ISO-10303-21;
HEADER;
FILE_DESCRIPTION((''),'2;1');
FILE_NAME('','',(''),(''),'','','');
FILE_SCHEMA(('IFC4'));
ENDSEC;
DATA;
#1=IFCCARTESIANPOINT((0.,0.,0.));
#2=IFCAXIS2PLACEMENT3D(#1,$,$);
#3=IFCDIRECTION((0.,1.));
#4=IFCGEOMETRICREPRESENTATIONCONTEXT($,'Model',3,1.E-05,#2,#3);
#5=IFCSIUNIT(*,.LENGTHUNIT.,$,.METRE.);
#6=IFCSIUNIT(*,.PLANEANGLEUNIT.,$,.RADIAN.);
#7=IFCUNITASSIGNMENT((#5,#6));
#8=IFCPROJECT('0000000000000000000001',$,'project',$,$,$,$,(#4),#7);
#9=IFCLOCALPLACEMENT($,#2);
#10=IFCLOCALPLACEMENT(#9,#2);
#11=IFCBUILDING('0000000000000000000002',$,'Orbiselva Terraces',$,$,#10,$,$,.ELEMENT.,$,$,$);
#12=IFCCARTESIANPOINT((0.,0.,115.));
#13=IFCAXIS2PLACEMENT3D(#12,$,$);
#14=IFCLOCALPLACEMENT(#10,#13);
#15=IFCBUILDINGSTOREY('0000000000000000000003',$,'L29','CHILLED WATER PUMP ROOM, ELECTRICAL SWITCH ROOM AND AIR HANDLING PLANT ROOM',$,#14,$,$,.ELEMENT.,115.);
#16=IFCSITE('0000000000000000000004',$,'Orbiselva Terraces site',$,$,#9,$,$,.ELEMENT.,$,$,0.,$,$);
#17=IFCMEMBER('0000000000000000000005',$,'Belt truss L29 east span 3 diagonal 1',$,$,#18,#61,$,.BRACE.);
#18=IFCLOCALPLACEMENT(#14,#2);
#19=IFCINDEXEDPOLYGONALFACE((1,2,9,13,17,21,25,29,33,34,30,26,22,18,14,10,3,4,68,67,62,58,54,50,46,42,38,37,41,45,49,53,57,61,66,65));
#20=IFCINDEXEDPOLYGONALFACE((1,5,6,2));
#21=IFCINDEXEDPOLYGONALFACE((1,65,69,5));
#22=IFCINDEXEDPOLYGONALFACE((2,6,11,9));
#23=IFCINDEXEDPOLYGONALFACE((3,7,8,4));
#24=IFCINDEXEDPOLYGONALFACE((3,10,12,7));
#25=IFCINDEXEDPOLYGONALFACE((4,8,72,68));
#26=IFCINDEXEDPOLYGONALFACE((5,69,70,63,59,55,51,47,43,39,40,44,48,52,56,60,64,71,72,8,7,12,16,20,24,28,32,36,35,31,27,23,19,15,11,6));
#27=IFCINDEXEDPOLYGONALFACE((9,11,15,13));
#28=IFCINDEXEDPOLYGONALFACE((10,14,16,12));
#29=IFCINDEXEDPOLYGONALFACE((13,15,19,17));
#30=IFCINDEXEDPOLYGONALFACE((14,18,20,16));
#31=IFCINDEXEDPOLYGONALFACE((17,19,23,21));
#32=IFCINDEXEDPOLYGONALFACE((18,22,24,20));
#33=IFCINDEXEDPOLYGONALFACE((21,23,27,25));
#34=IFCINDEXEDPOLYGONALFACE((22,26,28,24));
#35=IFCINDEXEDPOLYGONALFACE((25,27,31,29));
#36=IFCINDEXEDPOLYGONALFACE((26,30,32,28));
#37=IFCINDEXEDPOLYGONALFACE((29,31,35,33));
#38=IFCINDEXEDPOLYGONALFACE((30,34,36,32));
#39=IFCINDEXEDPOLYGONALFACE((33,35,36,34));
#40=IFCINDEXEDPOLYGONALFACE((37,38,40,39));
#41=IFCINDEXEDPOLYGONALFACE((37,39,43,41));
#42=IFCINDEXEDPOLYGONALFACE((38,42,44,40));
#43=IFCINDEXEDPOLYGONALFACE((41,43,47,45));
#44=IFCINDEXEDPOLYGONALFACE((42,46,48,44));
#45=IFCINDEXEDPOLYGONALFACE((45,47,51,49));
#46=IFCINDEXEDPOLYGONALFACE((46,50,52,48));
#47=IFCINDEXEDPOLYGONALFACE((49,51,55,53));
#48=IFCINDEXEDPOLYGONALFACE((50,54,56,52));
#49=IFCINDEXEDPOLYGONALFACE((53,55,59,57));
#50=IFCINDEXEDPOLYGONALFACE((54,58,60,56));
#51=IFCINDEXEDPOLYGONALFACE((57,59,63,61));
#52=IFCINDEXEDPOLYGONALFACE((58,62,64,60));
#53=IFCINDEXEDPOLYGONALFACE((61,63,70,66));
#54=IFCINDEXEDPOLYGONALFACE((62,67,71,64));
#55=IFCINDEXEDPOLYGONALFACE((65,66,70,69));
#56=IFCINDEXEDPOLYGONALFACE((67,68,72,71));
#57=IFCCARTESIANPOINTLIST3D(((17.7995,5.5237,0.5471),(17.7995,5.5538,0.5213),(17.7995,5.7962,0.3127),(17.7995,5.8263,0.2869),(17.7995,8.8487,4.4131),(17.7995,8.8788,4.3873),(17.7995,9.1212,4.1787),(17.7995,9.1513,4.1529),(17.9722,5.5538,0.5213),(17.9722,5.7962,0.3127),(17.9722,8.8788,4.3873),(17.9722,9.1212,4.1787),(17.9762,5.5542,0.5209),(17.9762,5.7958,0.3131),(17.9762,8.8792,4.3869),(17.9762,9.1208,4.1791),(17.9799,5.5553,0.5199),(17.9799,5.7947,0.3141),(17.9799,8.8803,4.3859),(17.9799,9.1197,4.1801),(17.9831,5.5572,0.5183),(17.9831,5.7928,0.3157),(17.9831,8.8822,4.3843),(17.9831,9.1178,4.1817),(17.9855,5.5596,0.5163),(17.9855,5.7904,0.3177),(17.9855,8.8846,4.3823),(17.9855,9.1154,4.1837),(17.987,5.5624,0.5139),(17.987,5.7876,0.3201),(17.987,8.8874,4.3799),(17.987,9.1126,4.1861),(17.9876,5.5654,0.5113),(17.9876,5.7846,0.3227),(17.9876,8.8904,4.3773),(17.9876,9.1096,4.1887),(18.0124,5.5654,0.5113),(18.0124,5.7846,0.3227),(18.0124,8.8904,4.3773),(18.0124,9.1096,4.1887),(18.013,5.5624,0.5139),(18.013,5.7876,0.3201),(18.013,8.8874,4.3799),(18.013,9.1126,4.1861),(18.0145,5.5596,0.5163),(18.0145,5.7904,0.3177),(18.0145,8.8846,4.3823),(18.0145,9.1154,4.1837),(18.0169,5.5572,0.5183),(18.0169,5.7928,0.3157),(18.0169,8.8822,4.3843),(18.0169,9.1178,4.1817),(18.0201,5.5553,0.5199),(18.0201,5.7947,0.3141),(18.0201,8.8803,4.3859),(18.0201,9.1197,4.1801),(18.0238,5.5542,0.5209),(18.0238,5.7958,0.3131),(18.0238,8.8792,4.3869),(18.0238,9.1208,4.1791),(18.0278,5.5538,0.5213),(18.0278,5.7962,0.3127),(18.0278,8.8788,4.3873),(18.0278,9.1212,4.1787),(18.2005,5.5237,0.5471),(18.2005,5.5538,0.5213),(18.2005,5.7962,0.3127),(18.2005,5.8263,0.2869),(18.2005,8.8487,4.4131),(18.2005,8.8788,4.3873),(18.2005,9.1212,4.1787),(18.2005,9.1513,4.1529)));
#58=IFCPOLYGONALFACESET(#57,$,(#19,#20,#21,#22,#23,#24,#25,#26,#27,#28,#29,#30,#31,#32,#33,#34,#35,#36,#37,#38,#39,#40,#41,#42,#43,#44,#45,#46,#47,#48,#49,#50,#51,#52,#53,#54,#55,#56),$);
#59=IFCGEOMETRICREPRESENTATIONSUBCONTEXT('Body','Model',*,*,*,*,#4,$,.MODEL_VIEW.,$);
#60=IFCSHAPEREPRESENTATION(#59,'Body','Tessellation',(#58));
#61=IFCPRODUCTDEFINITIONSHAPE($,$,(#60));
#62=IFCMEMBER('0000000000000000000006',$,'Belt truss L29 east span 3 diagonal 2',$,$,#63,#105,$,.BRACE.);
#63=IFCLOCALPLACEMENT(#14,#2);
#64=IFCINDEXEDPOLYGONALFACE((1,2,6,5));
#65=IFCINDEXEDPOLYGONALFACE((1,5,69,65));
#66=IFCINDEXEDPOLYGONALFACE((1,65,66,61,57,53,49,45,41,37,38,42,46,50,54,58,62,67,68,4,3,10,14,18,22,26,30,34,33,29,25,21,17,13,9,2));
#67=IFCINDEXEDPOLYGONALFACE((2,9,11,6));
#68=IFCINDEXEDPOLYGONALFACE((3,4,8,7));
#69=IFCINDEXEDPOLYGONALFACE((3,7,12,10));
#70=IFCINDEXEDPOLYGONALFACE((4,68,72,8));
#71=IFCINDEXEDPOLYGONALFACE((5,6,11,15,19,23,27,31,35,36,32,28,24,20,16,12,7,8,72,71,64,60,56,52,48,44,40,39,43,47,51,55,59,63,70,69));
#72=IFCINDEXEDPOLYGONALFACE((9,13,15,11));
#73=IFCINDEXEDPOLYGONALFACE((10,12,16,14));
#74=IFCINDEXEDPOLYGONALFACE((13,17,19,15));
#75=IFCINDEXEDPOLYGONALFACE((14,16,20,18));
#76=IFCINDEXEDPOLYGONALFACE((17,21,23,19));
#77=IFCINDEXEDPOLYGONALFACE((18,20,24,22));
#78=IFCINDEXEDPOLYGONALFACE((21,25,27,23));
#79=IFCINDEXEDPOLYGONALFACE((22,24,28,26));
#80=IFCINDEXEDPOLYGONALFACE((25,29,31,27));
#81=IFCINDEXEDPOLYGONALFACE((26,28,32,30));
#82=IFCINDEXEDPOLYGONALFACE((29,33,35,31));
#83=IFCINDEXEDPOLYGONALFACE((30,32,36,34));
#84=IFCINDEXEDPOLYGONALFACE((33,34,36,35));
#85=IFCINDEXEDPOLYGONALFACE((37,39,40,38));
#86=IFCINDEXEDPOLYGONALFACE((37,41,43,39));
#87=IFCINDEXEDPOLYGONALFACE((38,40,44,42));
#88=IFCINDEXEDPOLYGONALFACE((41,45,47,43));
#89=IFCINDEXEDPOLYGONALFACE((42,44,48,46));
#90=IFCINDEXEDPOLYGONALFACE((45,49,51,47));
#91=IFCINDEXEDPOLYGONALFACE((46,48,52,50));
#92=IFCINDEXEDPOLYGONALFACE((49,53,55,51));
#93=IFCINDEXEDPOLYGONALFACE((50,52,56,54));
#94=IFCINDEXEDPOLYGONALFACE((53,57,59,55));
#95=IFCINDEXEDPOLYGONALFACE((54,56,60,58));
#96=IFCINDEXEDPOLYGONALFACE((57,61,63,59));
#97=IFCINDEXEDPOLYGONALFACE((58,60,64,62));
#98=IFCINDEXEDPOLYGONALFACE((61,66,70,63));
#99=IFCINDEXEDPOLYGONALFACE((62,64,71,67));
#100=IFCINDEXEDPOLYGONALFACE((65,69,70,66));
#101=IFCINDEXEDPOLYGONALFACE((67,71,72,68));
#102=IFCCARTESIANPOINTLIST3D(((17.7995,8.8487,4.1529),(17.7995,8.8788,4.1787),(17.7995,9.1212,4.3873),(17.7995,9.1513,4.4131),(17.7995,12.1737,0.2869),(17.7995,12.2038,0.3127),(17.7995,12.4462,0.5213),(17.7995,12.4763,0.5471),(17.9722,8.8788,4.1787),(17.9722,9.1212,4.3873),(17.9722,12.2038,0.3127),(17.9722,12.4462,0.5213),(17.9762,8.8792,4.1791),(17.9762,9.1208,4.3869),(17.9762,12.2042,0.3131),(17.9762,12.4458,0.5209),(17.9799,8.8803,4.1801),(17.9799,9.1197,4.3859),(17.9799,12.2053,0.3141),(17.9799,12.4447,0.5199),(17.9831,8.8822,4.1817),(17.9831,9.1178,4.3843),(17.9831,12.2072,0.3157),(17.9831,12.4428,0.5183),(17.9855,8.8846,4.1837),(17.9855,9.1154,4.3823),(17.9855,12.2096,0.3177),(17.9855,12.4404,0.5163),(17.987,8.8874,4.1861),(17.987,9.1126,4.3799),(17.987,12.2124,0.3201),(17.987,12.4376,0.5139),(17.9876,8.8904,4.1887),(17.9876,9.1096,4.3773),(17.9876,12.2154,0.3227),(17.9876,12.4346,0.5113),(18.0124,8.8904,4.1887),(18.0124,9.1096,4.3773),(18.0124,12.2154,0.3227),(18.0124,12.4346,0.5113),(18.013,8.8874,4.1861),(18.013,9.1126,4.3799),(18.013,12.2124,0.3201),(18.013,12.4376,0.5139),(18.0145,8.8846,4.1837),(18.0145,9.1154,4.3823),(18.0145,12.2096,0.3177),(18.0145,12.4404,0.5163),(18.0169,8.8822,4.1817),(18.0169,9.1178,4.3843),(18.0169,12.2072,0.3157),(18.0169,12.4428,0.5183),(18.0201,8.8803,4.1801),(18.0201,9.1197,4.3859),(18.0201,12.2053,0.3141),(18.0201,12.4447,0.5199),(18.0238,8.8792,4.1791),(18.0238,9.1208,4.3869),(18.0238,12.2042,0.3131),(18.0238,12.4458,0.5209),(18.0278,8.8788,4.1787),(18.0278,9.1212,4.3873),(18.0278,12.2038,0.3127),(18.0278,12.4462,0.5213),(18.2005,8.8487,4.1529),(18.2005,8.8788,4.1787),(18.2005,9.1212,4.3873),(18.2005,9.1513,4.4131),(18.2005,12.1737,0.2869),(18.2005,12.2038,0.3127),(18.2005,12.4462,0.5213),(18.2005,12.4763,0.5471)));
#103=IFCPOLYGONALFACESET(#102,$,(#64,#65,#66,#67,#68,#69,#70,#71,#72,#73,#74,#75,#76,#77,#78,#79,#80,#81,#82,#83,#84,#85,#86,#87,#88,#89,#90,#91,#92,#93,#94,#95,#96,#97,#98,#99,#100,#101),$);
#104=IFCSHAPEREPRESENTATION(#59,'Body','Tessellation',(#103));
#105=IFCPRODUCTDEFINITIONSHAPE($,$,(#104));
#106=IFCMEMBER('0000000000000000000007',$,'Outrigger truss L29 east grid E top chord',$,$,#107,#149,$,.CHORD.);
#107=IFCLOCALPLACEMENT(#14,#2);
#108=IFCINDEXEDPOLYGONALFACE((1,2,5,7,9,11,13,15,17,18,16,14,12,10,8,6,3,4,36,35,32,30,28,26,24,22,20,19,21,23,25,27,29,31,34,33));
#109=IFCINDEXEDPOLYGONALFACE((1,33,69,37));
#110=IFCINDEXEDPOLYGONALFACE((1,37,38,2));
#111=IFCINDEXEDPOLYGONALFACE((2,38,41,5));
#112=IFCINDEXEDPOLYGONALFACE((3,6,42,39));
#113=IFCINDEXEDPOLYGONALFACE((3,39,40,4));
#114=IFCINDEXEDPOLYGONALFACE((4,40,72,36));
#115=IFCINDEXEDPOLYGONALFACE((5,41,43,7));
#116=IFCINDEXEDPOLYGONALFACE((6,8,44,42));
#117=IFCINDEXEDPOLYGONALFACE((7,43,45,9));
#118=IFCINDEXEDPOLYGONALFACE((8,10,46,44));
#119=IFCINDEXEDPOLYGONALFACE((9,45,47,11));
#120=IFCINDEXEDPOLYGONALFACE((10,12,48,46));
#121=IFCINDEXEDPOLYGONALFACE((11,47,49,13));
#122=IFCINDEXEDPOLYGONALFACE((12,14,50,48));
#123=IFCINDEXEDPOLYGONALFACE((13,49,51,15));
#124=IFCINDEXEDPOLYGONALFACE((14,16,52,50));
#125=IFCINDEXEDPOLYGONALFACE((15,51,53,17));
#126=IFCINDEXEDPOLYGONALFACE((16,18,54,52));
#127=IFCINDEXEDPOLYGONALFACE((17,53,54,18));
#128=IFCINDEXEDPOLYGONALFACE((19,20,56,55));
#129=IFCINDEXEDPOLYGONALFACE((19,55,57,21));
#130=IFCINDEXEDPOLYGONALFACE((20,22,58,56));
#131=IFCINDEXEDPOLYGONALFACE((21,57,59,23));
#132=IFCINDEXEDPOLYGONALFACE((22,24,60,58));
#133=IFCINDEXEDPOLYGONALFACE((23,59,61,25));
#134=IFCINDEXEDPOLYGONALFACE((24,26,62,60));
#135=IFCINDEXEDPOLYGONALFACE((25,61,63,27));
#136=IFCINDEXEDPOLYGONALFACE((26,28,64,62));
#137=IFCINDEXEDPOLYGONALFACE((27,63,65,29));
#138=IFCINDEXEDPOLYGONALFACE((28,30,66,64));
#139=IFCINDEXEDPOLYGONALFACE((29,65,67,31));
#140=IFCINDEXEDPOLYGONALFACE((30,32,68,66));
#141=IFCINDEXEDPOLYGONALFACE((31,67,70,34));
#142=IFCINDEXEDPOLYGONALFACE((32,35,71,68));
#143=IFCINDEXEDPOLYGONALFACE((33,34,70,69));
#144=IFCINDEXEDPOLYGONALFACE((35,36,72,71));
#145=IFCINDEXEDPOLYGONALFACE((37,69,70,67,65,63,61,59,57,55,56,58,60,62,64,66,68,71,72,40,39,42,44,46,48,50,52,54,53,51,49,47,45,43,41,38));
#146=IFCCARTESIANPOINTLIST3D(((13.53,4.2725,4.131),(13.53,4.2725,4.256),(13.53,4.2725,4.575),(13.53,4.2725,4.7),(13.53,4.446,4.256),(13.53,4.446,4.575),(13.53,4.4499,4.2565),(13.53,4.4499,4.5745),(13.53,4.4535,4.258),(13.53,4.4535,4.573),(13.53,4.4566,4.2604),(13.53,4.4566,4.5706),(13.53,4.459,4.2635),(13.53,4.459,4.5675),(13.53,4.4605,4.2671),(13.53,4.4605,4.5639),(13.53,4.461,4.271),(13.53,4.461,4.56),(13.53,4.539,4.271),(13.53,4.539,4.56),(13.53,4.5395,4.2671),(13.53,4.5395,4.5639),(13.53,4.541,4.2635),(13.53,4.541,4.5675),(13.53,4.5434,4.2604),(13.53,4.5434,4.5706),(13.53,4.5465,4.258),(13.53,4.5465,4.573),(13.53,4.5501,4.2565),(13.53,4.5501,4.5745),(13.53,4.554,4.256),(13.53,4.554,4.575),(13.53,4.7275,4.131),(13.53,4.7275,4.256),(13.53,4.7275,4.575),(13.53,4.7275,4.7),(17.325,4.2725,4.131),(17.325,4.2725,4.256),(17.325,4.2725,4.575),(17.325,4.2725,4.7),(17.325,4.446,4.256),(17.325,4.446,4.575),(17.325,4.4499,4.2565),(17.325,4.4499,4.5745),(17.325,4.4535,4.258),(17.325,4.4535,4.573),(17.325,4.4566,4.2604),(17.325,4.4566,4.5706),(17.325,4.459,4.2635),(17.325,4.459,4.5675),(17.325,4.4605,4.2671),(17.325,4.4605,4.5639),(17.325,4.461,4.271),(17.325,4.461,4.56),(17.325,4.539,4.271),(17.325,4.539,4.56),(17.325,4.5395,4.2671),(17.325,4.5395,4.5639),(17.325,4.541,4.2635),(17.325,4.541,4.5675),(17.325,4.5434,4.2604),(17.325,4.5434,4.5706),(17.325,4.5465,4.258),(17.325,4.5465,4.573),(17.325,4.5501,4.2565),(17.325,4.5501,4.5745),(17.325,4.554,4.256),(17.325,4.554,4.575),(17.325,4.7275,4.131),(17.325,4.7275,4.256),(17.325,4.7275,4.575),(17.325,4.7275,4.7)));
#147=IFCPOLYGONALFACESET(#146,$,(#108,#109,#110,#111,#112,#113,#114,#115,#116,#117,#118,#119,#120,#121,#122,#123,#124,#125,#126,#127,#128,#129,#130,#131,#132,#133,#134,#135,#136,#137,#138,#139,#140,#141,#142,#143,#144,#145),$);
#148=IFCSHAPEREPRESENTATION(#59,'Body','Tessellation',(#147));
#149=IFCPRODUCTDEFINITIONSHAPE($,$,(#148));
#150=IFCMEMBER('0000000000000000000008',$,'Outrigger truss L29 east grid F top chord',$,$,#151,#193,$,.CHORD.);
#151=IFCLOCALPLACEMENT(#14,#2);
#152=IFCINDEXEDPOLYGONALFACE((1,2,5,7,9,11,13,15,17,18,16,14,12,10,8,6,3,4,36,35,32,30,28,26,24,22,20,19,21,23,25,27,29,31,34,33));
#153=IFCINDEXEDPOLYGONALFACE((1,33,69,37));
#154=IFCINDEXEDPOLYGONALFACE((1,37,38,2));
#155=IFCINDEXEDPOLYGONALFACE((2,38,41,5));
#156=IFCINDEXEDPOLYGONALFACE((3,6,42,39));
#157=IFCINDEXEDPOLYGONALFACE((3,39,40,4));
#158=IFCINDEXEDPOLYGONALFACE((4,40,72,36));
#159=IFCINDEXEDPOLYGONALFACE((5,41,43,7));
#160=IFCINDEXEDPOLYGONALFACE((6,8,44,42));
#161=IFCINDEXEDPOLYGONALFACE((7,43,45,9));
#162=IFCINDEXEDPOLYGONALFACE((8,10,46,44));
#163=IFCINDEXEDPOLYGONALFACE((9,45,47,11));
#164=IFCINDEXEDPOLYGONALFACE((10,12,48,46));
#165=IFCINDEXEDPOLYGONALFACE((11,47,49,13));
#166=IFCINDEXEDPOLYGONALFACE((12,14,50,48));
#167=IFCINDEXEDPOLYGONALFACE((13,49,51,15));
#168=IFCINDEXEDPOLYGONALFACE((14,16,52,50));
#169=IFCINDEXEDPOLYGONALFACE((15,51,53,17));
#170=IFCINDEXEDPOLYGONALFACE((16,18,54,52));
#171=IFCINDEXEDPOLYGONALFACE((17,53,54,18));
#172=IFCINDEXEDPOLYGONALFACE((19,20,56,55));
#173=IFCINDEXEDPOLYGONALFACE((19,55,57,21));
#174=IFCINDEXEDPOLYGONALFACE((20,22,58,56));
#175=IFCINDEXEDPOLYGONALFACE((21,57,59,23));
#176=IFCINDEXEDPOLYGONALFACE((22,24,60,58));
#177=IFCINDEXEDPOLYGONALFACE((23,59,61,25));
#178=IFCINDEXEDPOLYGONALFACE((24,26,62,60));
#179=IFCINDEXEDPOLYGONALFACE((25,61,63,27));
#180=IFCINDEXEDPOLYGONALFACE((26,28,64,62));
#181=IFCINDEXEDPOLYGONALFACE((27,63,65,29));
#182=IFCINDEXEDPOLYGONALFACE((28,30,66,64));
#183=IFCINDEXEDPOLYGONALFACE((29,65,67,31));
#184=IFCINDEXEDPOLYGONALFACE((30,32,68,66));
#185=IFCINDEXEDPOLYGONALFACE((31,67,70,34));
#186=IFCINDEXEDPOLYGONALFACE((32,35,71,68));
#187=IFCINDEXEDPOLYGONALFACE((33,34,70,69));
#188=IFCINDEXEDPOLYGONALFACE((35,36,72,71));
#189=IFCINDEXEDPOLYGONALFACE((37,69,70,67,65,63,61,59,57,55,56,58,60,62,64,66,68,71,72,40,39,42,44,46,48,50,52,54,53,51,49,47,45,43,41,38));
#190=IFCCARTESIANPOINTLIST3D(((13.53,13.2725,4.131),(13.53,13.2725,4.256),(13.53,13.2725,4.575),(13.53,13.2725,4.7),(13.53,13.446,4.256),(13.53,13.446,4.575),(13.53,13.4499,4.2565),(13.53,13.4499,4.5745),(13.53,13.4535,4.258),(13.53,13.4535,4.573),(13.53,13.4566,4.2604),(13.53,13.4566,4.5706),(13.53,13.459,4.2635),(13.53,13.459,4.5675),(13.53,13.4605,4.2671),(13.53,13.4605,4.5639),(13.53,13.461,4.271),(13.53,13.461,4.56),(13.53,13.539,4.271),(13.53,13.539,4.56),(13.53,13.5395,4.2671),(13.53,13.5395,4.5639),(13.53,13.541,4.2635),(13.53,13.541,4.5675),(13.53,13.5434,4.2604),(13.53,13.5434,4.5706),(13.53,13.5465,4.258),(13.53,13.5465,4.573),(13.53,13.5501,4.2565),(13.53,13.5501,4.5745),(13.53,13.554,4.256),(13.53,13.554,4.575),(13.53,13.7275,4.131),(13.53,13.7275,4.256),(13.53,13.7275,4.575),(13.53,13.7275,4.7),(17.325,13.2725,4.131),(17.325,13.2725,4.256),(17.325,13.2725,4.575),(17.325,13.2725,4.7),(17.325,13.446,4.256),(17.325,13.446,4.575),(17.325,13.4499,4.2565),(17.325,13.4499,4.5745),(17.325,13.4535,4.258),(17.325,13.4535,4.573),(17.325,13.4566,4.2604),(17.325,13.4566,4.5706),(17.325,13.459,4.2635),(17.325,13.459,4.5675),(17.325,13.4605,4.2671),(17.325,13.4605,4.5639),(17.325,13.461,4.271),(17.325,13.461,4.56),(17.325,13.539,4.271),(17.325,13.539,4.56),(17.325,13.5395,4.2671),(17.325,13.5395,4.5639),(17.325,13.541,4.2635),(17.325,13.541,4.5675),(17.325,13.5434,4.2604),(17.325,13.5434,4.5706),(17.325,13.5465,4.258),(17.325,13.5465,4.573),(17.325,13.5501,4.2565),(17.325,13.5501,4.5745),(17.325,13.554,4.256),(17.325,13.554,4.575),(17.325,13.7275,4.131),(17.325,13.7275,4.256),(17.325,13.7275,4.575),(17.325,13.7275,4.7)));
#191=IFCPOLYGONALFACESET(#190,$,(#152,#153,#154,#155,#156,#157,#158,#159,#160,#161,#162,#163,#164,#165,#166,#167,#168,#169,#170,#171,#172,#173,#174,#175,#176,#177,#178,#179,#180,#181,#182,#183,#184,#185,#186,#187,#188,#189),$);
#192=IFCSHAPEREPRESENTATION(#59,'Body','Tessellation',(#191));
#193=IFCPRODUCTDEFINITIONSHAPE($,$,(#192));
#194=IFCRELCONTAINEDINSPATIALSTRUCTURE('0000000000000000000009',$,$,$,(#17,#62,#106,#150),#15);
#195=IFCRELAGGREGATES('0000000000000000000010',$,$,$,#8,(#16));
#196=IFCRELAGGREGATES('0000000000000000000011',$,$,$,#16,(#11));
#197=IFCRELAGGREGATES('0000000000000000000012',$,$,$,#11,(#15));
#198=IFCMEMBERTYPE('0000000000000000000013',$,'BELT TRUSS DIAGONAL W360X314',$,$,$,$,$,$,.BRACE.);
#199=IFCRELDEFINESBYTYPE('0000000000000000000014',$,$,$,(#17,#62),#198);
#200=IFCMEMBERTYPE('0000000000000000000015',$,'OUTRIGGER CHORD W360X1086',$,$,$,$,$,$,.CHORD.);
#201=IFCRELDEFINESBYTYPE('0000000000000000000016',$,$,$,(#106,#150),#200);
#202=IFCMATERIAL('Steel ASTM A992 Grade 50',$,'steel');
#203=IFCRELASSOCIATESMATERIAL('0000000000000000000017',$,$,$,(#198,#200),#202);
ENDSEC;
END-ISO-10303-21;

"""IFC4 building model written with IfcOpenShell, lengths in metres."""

from ifc_helpers import new_model, si_unit, direction, frame, origin, origin_2d, place, context, subcontext, project, spatial, i_section, extrude, material, material_profile, profile_set, type_object, element, save


model = new_model("IFC4")

# Units and contexts
model_context = context("Model", 3, precision=1e-05, world=origin(), true_north=direction((0.0, 1.0)))
body_context = subcontext(model_context, "Body", "Model", "MODEL_VIEW")
ifc_project = project(units=[si_unit("LENGTHUNIT", "METRE"), si_unit("PLANEANGLEUNIT", "RADIAN")], contexts=[model_context])

# Site, building, storey
site_placement = place(None, origin())
site = spatial("IfcSite", under=ifc_project, at=site_placement, Name="Orbiselva Terraces site", CompositionType="ELEMENT", RefElevation=0.0)
building_placement = place(site_placement, origin())
building = spatial("IfcBuilding", under=site, at=building_placement, Name="Orbiselva Terraces", CompositionType="ELEMENT")
storey_placement = place(building_placement, frame((0.0, 0.0, 115.0)))
storey = spatial("IfcBuildingStorey", under=building, at=storey_placement, Name="L29", Description="CHILLED WATER PUMP ROOM, ELECTRICAL SWITCH ROOM AND AIR HANDLING PLANT ROOM", CompositionType="ELEMENT", Elevation=115.0)

# Members
ifc_material_1 = material(Name="Steel ASTM A992 Grade 50", Category="steel")
ifc_material_profile_1 = material_profile(ifc_material_1, i_section(OverallWidth=0.401, OverallDepth=0.399, WebThickness=0.0249, FlangeThickness=0.0396, FilletRadius=0.0153, at=origin_2d()), Name="W360X314")
ifc_profile_set_1 = profile_set([ifc_material_profile_1], Name="Steel ASTM A992 Grade 50")
member_type_1 = type_object("IfcMemberType", Name="BELT TRUSS DIAGONAL W360X314", PredefinedType="BRACE", material=ifc_profile_set_1)
for number, where, z_axis, x_axis, name in (
    (1, (18.0, 5.675, 0.417), (0.0, 0.652066, 0.758162), (-1.0, 0.0, 0.0), "Belt truss L29 east span 3 diagonal 1"),
    (2, (18.0, 9.0, 4.283), (0.0, 0.652066, -0.758162), (-1.0, 0.0, 0.0), "Belt truss L29 east span 3 diagonal 2"),
):
    element("IfcMember", number, at=place(storey_placement, frame(where, z_axis=z_axis, x_axis=x_axis)), inside=storey, type_object=member_type_1, Name=name, PredefinedType="BRACE", context=body_context, shape_type="SweptSolid", body=[
        extrude(i_section(OverallWidth=0.401, OverallDepth=0.399, WebThickness=0.0249, FlangeThickness=0.0396, FilletRadius=0.0153, at=origin_2d()), origin(), (0.0, 0.0, 1.0), 5.0992),
    ])
ifc_material_profile_2 = material_profile(ifc_material_1, i_section(OverallWidth=0.455, OverallDepth=0.569, WebThickness=0.078, FlangeThickness=0.125, FilletRadius=0.015, at=origin_2d()), Name="W360X1086")
ifc_profile_set_2 = profile_set([ifc_material_profile_2], Name="Steel ASTM A992 Grade 50")
member_type_2 = type_object("IfcMemberType", Name="OUTRIGGER CHORD W360X1086", PredefinedType="CHORD", material=ifc_profile_set_2)
for number, where, z_axis, x_axis, name in (
    (3, (13.53, 4.5, 4.4155), (1.0, 0.0, 0.0), (0.0, 1.0, 0.0), "Outrigger truss L29 east grid E top chord"),
    (4, (13.53, 13.5, 4.4155), (1.0, 0.0, 0.0), (0.0, 1.0, 0.0), "Outrigger truss L29 east grid F top chord"),
):
    element("IfcMember", number, at=place(storey_placement, frame(where, z_axis=z_axis, x_axis=x_axis)), inside=storey, type_object=member_type_2, Name=name, PredefinedType="CHORD", context=body_context, shape_type="SweptSolid", body=[
        extrude(i_section(OverallWidth=0.455, OverallDepth=0.569, WebThickness=0.078, FlangeThickness=0.125, FilletRadius=0.015, at=origin_2d()), origin(), (0.0, 0.0, 1.0), 3.795),
    ])

save(model, "model.ifc")
